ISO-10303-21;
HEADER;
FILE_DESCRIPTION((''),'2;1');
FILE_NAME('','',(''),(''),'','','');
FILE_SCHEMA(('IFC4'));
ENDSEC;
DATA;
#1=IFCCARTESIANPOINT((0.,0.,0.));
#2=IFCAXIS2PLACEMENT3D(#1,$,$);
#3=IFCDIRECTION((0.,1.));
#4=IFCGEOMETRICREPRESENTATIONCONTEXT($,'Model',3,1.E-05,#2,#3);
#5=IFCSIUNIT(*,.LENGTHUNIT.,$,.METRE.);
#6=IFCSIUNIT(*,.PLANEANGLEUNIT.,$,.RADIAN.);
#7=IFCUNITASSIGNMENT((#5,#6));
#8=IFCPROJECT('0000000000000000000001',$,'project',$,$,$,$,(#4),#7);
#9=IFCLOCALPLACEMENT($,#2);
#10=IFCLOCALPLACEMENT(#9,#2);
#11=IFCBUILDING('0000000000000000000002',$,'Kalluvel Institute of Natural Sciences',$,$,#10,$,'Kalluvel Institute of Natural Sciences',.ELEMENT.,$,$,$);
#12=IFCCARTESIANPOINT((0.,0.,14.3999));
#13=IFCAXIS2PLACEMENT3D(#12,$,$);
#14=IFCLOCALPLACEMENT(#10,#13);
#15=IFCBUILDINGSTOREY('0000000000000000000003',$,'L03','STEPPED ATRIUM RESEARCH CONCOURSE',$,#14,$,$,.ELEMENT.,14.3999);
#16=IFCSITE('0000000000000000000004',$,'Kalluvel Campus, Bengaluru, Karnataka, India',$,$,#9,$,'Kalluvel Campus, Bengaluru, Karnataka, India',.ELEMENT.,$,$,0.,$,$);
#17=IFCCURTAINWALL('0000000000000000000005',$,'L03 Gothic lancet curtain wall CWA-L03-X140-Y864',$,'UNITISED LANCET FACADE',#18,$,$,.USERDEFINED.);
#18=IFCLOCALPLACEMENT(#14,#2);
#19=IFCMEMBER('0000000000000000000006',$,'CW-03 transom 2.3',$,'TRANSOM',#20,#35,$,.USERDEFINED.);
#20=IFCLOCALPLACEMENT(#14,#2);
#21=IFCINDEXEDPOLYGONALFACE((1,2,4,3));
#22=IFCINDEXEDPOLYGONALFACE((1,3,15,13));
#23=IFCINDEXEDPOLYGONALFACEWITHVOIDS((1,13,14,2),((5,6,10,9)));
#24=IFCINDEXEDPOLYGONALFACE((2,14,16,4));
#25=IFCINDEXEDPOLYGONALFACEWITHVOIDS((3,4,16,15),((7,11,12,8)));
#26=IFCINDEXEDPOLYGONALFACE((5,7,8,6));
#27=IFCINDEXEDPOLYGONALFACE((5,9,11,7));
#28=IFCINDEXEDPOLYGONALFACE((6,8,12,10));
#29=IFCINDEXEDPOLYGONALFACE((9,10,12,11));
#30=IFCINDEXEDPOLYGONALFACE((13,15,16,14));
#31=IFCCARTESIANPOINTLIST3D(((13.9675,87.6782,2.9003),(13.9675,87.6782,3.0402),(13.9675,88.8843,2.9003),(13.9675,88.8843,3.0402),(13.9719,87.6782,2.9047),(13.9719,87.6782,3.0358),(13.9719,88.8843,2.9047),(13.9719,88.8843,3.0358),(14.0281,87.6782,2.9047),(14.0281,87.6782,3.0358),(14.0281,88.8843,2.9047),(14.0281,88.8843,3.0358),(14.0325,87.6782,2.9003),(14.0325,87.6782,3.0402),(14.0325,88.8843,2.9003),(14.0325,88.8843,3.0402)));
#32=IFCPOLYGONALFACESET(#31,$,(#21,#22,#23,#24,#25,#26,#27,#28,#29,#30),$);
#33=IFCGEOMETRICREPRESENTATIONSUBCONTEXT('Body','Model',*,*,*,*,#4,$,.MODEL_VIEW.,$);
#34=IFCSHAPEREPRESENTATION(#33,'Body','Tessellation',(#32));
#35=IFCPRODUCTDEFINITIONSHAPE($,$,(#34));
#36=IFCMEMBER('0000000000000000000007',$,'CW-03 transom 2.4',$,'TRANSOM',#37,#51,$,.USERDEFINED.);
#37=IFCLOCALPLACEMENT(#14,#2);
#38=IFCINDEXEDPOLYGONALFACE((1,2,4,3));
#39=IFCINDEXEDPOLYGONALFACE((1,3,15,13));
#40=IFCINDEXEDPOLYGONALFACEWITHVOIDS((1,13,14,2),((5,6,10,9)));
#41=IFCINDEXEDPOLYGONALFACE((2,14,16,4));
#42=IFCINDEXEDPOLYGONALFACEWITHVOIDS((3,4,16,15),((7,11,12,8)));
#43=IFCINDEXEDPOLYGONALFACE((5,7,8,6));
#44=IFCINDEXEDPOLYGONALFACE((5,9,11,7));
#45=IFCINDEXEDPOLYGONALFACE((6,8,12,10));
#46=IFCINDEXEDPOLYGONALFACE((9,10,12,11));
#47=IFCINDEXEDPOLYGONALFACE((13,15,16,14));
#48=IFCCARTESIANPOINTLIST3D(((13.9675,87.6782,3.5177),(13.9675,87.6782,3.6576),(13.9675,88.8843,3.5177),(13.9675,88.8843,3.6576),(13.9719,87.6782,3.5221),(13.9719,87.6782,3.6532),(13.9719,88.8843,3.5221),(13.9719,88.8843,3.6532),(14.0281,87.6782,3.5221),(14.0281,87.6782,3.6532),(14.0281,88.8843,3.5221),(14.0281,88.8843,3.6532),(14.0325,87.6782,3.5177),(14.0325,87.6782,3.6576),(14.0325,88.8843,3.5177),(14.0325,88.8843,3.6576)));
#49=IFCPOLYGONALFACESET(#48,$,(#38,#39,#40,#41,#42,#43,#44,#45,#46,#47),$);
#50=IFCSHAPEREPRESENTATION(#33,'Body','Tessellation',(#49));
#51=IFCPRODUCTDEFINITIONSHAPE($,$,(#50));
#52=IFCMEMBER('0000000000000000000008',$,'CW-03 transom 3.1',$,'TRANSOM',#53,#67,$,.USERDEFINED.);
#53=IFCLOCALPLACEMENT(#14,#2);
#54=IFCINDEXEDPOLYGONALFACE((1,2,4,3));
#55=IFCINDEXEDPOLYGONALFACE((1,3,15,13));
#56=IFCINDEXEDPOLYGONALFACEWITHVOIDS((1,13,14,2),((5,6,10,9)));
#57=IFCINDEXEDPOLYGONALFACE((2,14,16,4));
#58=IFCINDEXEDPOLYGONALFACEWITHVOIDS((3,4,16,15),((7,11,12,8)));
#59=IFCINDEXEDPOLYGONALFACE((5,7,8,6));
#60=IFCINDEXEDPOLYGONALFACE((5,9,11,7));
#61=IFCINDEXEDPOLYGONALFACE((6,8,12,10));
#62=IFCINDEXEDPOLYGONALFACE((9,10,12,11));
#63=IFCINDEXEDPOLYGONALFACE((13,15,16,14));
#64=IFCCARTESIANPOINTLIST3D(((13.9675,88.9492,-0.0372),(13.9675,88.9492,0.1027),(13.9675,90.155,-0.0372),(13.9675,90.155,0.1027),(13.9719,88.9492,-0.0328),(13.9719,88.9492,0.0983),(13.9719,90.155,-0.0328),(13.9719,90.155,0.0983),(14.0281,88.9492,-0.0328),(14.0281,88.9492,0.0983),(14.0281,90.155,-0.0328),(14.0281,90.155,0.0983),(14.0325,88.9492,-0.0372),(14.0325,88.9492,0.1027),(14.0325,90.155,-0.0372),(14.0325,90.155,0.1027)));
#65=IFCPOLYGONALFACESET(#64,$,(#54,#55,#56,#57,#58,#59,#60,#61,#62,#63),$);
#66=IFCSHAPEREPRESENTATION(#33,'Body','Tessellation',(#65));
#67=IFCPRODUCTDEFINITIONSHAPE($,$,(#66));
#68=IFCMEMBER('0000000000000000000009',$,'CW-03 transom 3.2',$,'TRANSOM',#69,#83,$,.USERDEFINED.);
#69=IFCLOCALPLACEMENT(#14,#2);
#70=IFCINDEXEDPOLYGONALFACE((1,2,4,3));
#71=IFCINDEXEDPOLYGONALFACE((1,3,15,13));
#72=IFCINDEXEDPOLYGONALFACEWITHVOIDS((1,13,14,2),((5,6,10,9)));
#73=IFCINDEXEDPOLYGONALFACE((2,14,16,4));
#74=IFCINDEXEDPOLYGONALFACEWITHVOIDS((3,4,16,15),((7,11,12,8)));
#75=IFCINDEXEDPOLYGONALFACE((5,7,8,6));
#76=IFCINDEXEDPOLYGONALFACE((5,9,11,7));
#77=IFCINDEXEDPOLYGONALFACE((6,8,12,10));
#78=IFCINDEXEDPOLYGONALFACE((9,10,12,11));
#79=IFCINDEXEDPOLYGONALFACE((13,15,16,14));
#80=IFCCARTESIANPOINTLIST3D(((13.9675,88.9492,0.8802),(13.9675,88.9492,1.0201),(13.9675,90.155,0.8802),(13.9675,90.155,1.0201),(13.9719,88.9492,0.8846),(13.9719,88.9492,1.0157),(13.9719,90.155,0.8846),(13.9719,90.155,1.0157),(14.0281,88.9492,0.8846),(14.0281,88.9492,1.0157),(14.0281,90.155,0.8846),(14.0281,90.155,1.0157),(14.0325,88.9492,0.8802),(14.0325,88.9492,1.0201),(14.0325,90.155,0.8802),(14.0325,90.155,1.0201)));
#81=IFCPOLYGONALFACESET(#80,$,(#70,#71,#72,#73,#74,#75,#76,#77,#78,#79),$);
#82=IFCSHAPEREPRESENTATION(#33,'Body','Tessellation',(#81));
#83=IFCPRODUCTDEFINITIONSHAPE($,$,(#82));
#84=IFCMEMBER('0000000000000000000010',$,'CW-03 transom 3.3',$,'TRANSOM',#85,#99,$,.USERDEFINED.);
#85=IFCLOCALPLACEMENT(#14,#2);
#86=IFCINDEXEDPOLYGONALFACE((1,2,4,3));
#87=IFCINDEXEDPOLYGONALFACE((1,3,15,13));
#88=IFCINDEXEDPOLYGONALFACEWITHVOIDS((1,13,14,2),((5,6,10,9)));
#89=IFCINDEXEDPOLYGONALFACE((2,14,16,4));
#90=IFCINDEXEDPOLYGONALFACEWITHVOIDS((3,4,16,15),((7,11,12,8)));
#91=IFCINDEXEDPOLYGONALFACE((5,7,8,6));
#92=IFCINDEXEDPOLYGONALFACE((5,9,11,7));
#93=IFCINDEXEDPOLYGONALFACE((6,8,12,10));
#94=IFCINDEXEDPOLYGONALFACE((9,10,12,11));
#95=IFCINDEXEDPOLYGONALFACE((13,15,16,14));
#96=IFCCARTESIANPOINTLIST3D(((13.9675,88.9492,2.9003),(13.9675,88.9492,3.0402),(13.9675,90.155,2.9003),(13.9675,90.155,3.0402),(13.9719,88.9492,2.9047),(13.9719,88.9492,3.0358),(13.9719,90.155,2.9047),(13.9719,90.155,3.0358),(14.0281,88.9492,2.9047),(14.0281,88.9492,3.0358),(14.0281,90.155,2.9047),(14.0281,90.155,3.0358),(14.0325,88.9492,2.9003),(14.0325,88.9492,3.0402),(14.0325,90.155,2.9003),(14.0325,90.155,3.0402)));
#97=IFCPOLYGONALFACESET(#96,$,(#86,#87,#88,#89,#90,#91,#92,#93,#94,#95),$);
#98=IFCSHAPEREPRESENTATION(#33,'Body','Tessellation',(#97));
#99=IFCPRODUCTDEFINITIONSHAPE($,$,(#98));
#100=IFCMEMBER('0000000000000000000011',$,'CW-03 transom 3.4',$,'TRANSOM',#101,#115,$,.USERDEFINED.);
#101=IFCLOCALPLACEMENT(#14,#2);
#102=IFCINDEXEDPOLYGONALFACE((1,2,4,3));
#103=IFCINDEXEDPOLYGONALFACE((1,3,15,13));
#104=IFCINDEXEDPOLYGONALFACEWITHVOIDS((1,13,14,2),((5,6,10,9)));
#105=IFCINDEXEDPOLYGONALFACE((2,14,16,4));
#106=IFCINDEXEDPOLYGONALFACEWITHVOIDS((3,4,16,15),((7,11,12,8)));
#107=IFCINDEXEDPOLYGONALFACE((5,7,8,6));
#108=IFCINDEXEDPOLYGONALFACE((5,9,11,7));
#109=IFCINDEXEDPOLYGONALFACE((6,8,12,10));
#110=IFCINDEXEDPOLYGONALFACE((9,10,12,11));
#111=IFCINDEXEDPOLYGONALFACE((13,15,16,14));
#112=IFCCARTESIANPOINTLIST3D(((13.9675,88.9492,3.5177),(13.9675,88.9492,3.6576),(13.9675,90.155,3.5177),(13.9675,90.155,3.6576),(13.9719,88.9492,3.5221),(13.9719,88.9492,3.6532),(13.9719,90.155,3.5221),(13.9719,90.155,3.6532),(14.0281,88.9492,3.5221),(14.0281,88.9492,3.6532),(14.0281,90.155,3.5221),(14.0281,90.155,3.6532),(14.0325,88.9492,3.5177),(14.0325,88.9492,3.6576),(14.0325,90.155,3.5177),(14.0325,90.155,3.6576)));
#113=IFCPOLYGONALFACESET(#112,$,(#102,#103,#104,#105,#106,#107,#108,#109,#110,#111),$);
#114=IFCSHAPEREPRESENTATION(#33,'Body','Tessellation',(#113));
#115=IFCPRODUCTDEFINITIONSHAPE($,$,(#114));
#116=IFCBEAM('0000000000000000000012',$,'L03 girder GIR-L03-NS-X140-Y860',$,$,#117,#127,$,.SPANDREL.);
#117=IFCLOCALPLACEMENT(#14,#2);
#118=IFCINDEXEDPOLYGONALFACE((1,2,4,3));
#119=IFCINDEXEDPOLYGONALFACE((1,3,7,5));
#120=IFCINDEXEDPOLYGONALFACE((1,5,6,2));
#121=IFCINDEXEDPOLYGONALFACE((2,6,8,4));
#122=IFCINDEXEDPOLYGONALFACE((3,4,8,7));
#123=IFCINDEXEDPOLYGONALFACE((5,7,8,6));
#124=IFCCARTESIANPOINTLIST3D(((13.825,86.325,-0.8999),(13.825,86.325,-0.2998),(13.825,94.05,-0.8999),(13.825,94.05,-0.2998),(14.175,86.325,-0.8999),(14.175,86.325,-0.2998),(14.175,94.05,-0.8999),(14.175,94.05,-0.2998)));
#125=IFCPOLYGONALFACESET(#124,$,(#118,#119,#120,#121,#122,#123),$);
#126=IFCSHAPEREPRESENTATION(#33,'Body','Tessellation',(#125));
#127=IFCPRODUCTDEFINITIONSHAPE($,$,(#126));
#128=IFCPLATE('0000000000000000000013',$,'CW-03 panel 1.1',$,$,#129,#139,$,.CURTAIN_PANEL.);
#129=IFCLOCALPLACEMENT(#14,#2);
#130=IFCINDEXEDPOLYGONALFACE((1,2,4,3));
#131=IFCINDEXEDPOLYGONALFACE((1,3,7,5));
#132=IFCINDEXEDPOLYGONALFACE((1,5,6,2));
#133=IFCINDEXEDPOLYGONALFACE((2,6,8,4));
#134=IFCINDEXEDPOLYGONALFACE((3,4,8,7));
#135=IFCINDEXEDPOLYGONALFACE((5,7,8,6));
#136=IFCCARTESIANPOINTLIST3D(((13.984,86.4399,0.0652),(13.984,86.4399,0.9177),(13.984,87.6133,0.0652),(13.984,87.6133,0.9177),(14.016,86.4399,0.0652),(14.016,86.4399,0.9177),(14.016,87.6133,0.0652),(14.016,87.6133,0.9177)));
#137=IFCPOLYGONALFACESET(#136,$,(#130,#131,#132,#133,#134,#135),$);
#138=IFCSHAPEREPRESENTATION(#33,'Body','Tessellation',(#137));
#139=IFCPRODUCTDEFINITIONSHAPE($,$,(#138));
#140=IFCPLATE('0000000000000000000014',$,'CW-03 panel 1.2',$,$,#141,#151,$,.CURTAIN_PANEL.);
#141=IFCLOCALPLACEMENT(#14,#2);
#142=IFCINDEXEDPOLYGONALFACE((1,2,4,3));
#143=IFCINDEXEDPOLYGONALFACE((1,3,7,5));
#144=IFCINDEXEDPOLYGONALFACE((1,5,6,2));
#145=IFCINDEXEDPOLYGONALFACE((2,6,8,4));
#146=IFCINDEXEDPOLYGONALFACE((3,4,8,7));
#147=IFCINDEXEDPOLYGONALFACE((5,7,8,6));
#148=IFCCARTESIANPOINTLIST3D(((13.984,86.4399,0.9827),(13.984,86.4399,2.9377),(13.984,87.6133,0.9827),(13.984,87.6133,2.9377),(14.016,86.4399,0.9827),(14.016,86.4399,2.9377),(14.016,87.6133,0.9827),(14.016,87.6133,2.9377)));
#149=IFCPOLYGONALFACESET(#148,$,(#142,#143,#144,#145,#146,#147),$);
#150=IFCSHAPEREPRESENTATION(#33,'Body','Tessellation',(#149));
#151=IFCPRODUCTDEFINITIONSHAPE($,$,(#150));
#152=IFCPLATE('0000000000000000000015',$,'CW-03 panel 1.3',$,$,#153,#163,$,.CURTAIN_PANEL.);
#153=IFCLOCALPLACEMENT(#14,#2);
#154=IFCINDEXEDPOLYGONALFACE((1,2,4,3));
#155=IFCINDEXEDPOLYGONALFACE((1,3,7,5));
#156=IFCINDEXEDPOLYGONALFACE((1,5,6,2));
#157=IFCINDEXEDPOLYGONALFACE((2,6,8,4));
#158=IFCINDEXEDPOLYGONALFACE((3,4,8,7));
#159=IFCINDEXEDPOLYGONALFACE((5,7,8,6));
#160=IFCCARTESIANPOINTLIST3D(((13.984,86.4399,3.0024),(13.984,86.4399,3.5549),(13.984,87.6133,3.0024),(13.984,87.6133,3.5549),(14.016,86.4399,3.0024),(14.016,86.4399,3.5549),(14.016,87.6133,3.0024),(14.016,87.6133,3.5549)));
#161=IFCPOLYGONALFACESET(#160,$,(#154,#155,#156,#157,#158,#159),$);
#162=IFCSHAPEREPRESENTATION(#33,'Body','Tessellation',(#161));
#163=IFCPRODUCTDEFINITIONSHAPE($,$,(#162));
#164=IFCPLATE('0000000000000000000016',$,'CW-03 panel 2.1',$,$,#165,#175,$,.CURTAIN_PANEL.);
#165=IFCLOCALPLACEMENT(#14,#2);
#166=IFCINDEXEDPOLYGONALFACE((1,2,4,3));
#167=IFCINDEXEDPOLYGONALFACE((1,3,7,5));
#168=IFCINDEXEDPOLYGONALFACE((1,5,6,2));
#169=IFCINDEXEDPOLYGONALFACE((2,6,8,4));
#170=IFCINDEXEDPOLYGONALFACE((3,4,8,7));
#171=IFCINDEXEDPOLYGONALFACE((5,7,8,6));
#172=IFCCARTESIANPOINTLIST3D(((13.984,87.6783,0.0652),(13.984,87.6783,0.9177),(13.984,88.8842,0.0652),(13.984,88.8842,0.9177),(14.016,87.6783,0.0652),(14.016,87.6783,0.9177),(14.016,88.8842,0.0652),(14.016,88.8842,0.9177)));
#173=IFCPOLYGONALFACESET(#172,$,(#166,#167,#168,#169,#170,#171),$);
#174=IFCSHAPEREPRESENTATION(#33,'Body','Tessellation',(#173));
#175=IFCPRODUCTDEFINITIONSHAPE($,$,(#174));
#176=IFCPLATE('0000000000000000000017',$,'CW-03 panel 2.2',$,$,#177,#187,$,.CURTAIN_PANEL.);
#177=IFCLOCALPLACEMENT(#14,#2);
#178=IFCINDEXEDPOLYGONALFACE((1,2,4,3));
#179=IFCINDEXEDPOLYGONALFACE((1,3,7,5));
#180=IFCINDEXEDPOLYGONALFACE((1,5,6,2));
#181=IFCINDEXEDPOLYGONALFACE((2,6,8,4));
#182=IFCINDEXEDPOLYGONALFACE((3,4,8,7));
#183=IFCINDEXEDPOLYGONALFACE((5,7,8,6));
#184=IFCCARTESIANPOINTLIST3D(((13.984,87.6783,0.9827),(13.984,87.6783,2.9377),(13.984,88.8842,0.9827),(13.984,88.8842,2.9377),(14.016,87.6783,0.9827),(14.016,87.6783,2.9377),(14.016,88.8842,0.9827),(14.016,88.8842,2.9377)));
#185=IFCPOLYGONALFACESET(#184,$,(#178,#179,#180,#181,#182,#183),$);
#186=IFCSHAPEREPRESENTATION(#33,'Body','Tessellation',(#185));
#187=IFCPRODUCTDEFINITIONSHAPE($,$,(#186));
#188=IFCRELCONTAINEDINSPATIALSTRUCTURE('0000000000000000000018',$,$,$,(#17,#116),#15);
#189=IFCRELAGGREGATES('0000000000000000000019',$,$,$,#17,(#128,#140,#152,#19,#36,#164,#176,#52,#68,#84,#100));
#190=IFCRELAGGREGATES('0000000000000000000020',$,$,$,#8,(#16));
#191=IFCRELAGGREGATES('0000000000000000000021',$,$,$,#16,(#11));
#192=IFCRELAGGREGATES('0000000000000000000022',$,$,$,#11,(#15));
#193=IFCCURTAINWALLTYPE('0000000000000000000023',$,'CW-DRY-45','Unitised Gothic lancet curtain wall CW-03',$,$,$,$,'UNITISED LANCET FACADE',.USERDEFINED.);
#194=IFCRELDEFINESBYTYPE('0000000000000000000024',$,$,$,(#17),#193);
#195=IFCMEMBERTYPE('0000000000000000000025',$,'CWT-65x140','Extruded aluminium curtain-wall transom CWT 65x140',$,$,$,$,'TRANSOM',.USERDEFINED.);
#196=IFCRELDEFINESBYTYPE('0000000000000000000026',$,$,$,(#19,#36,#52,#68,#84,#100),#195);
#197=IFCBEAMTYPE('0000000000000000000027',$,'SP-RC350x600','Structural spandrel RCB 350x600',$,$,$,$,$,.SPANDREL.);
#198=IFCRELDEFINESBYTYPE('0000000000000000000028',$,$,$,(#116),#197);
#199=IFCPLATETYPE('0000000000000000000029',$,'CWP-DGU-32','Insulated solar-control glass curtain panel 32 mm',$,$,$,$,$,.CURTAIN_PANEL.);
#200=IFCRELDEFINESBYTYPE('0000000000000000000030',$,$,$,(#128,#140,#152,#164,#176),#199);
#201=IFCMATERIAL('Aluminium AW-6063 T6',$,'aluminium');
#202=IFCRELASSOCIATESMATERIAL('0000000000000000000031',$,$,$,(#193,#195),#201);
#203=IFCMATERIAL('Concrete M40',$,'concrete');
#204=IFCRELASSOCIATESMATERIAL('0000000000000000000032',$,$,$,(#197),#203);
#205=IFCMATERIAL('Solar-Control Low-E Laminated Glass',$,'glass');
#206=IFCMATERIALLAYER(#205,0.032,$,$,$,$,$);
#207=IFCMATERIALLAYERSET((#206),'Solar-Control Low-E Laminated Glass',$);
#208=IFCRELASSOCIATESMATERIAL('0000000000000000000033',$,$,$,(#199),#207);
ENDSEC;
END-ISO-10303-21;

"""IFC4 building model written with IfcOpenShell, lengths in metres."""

from ifc_helpers import new_model, si_unit, direction, frame, origin, origin_2d, place, context, subcontext, project, spatial, rectangle, hollow_rectangle, extrude, material, layer, layer_set, material_profile, profile_set, type_object, element, aggregate, save


model = new_model("IFC4")

# Units and contexts
model_context = context("Model", 3, precision=1e-05, world=origin(), true_north=direction((0.0, 1.0)))
body_context = subcontext(model_context, "Body", "Model", "MODEL_VIEW")
ifc_project = project(units=[si_unit("LENGTHUNIT", "METRE"), si_unit("PLANEANGLEUNIT", "RADIAN")], contexts=[model_context])

# Site, building, storey
site_placement = place(None, origin())
site = spatial("IfcSite", under=ifc_project, at=site_placement, Name="Kalluvel Campus, Bengaluru, Karnataka, India", LongName="Kalluvel Campus, Bengaluru, Karnataka, India", CompositionType="ELEMENT", RefElevation=0.0)
building_placement = place(site_placement, origin())
building = spatial("IfcBuilding", under=site, at=building_placement, Name="Kalluvel Institute of Natural Sciences", LongName="Kalluvel Institute of Natural Sciences", CompositionType="ELEMENT")
storey_placement = place(building_placement, frame((0.0, 0.0, 14.3999)))
storey = spatial("IfcBuildingStorey", under=building, at=storey_placement, Name="L03", Description="STEPPED ATRIUM RESEARCH CONCOURSE", CompositionType="ELEMENT", Elevation=14.3999)

# Shared definitions
ifc_material_1 = material(Name="Concrete M40", Category="concrete")

# Curtain wall, members
ifc_material_2 = material(Name="Aluminium AW-6063 T6", Category="aluminium")
curtain_wall_type = type_object("IfcCurtainWallType", Name="CW-DRY-45", Description="Unitised Gothic lancet curtain wall CW-03", ElementType="UNITISED LANCET FACADE", PredefinedType="USERDEFINED", material=ifc_material_2)
curtain_wall_placement = place(storey_placement, origin())
curtain_wall = element("IfcCurtainWall", 1, at=curtain_wall_placement, inside=storey, type_object=curtain_wall_type, Name="L03 Gothic lancet curtain wall CWA-L03-X140-Y864", ObjectType="UNITISED LANCET FACADE", PredefinedType="USERDEFINED")
ifc_material_profile_1 = material_profile(ifc_material_2, hollow_rectangle(XDim=0.0649, YDim=0.1399, WallThickness=0.0044, at=origin_2d()), Name="CWT 65x140")
ifc_profile_set_1 = profile_set([ifc_material_profile_1], Name="Aluminium AW-6063 T6")
member_type_1 = type_object("IfcMemberType", Name="CWT-65x140", Description="Extruded aluminium curtain-wall transom CWT 65x140", ElementType="TRANSOM", PredefinedType="USERDEFINED", material=ifc_profile_set_1)
member_1_placement = place(storey_placement, frame((14.0, 87.6782, 2.9702), z_axis=(0.0, 1.0, 0.0), x_axis=(-1.0, 0.0, 0.0)))
member_1 = element("IfcMember", 2, at=member_1_placement, type_object=member_type_1, Name="CW-03 transom 2.3", ObjectType="TRANSOM", PredefinedType="USERDEFINED", context=body_context, shape_type="SweptSolid", body=[
    extrude(hollow_rectangle(XDim=0.0649, YDim=0.1399, WallThickness=0.0044, at=origin_2d()), origin(), (0.0, 0.0, 1.0), 1.2061),
])
member_2_placement = place(storey_placement, frame((14.0, 87.6782, 3.5876), z_axis=(0.0, 1.0, 0.0), x_axis=(-1.0, 0.0, 0.0)))
member_2 = element("IfcMember", 3, at=member_2_placement, type_object=member_type_1, Name="CW-03 transom 2.4", ObjectType="TRANSOM", PredefinedType="USERDEFINED", context=body_context, shape_type="SweptSolid", body=[
    extrude(hollow_rectangle(XDim=0.0649, YDim=0.1399, WallThickness=0.0044, at=origin_2d()), origin(), (0.0, 0.0, 1.0), 1.2061),
])
member_3_placement = place(storey_placement, frame((14.0, 88.9492, 0.0327), z_axis=(0.0, 1.0, 0.0), x_axis=(-1.0, 0.0, 0.0)))
member_3 = element("IfcMember", 4, at=member_3_placement, type_object=member_type_1, Name="CW-03 transom 3.1", ObjectType="TRANSOM", PredefinedType="USERDEFINED", context=body_context, shape_type="SweptSolid", body=[
    extrude(hollow_rectangle(XDim=0.0649, YDim=0.1399, WallThickness=0.0044, at=origin_2d()), origin(), (0.0, 0.0, 1.0), 1.2058),
])
member_4_placement = place(storey_placement, frame((14.0, 88.9492, 0.9502), z_axis=(0.0, 1.0, 0.0), x_axis=(-1.0, 0.0, 0.0)))
member_4 = element("IfcMember", 5, at=member_4_placement, type_object=member_type_1, Name="CW-03 transom 3.2", ObjectType="TRANSOM", PredefinedType="USERDEFINED", context=body_context, shape_type="SweptSolid", body=[
    extrude(hollow_rectangle(XDim=0.0649, YDim=0.1399, WallThickness=0.0044, at=origin_2d()), origin(), (0.0, 0.0, 1.0), 1.2058),
])
member_5_placement = place(storey_placement, frame((14.0, 88.9492, 2.9702), z_axis=(0.0, 1.0, 0.0), x_axis=(-1.0, 0.0, 0.0)))
member_5 = element("IfcMember", 6, at=member_5_placement, type_object=member_type_1, Name="CW-03 transom 3.3", ObjectType="TRANSOM", PredefinedType="USERDEFINED", context=body_context, shape_type="SweptSolid", body=[
    extrude(hollow_rectangle(XDim=0.0649, YDim=0.1399, WallThickness=0.0044, at=origin_2d()), origin(), (0.0, 0.0, 1.0), 1.2058),
])
member_6_placement = place(storey_placement, frame((14.0, 88.9492, 3.5876), z_axis=(0.0, 1.0, 0.0), x_axis=(-1.0, 0.0, 0.0)))
member_6 = element("IfcMember", 7, at=member_6_placement, type_object=member_type_1, Name="CW-03 transom 3.4", ObjectType="TRANSOM", PredefinedType="USERDEFINED", context=body_context, shape_type="SweptSolid", body=[
    extrude(hollow_rectangle(XDim=0.0649, YDim=0.1399, WallThickness=0.0044, at=origin_2d()), origin(), (0.0, 0.0, 1.0), 1.2058),
])

# Beam
ifc_material_profile_2 = material_profile(ifc_material_1, rectangle(XDim=0.3501, YDim=0.6001, at=origin_2d()), Name="RCB 350x600")
ifc_profile_set_2 = profile_set([ifc_material_profile_2], Name="Concrete M40")
beam_type = type_object("IfcBeamType", Name="SP-RC350x600", Description="Structural spandrel RCB 350x600", PredefinedType="SPANDREL", material=ifc_profile_set_2)
beam_placement = place(storey_placement, frame((14.0, 86.325, -0.5999), z_axis=(0.0, 1.0, 0.0), x_axis=(-1.0, 0.0, 0.0)))
element("IfcBeam", 8, at=beam_placement, inside=storey, type_object=beam_type, Name="L03 girder GIR-L03-NS-X140-Y860", PredefinedType="SPANDREL", context=body_context, shape_type="SweptSolid", body=[
    extrude(rectangle(XDim=0.3501, YDim=0.6001, at=origin_2d()), origin(), (0.0, 0.0, 1.0), 7.7251),
])

# Plates
ifc_material_3 = material(Name="Solar-Control Low-E Laminated Glass", Category="glass")
ifc_layer = layer(ifc_material_3, 0.032)
ifc_layer_set = layer_set([ifc_layer], Name="Solar-Control Low-E Laminated Glass")
plate_type = type_object("IfcPlateType", Name="CWP-DGU-32", Description="Insulated solar-control glass curtain panel 32 mm", PredefinedType="CURTAIN_PANEL", material=ifc_layer_set)
plate_1_placement = place(storey_placement, frame((14.0, 87.0266, 0.0652), z_axis=(0.0, 0.0, 1.0), x_axis=(0.0, 1.0, 0.0)))
plate_1 = element("IfcPlate", 9, at=plate_1_placement, type_object=plate_type, Name="CW-03 panel 1.1", PredefinedType="CURTAIN_PANEL", context=body_context, shape_type="SweptSolid", body=[
    extrude(rectangle(XDim=1.1733, YDim=0.032, at=origin_2d()), origin(), (0.0, 0.0, 1.0), 0.8525),
])
plate_2_placement = place(storey_placement, frame((14.0, 87.0266, 0.9827), z_axis=(0.0, 0.0, 1.0), x_axis=(0.0, 1.0, 0.0)))
plate_2 = element("IfcPlate", 10, at=plate_2_placement, type_object=plate_type, Name="CW-03 panel 1.2", PredefinedType="CURTAIN_PANEL", context=body_context, shape_type="SweptSolid", body=[
    extrude(rectangle(XDim=1.1733, YDim=0.032, at=origin_2d()), origin(), (0.0, 0.0, 1.0), 1.9551),
])
plate_3_placement = place(storey_placement, frame((14.0, 87.0266, 3.0024), z_axis=(0.0, 0.0, 1.0), x_axis=(0.0, 1.0, 0.0)))
plate_3 = element("IfcPlate", 11, at=plate_3_placement, type_object=plate_type, Name="CW-03 panel 1.3", PredefinedType="CURTAIN_PANEL", context=body_context, shape_type="SweptSolid", body=[
    extrude(rectangle(XDim=1.1733, YDim=0.032, at=origin_2d()), origin(), (0.0, 0.0, 1.0), 0.5525),
])
plate_4_placement = place(storey_placement, frame((14.0, 88.2812, 0.0652), z_axis=(0.0, 0.0, 1.0), x_axis=(0.0, 1.0, 0.0)))
plate_4 = element("IfcPlate", 12, at=plate_4_placement, type_object=plate_type, Name="CW-03 panel 2.1", PredefinedType="CURTAIN_PANEL", context=body_context, shape_type="SweptSolid", body=[
    extrude(rectangle(XDim=1.2058, YDim=0.032, at=origin_2d()), origin(), (0.0, 0.0, 1.0), 0.8525),
])
plate_5_placement = place(storey_placement, frame((14.0, 88.2812, 0.9827), z_axis=(0.0, 0.0, 1.0), x_axis=(0.0, 1.0, 0.0)))
plate_5 = element("IfcPlate", 13, at=plate_5_placement, type_object=plate_type, Name="CW-03 panel 2.2", PredefinedType="CURTAIN_PANEL", context=body_context, shape_type="SweptSolid", body=[
    extrude(rectangle(XDim=1.2058, YDim=0.032, at=origin_2d()), origin(), (0.0, 0.0, 1.0), 1.9551),
])
aggregate(curtain_wall, [plate_1, plate_2, plate_3, member_1, member_2, plate_4, plate_5, member_3, member_4, member_5, member_6])

save(model, "model.ifc")
